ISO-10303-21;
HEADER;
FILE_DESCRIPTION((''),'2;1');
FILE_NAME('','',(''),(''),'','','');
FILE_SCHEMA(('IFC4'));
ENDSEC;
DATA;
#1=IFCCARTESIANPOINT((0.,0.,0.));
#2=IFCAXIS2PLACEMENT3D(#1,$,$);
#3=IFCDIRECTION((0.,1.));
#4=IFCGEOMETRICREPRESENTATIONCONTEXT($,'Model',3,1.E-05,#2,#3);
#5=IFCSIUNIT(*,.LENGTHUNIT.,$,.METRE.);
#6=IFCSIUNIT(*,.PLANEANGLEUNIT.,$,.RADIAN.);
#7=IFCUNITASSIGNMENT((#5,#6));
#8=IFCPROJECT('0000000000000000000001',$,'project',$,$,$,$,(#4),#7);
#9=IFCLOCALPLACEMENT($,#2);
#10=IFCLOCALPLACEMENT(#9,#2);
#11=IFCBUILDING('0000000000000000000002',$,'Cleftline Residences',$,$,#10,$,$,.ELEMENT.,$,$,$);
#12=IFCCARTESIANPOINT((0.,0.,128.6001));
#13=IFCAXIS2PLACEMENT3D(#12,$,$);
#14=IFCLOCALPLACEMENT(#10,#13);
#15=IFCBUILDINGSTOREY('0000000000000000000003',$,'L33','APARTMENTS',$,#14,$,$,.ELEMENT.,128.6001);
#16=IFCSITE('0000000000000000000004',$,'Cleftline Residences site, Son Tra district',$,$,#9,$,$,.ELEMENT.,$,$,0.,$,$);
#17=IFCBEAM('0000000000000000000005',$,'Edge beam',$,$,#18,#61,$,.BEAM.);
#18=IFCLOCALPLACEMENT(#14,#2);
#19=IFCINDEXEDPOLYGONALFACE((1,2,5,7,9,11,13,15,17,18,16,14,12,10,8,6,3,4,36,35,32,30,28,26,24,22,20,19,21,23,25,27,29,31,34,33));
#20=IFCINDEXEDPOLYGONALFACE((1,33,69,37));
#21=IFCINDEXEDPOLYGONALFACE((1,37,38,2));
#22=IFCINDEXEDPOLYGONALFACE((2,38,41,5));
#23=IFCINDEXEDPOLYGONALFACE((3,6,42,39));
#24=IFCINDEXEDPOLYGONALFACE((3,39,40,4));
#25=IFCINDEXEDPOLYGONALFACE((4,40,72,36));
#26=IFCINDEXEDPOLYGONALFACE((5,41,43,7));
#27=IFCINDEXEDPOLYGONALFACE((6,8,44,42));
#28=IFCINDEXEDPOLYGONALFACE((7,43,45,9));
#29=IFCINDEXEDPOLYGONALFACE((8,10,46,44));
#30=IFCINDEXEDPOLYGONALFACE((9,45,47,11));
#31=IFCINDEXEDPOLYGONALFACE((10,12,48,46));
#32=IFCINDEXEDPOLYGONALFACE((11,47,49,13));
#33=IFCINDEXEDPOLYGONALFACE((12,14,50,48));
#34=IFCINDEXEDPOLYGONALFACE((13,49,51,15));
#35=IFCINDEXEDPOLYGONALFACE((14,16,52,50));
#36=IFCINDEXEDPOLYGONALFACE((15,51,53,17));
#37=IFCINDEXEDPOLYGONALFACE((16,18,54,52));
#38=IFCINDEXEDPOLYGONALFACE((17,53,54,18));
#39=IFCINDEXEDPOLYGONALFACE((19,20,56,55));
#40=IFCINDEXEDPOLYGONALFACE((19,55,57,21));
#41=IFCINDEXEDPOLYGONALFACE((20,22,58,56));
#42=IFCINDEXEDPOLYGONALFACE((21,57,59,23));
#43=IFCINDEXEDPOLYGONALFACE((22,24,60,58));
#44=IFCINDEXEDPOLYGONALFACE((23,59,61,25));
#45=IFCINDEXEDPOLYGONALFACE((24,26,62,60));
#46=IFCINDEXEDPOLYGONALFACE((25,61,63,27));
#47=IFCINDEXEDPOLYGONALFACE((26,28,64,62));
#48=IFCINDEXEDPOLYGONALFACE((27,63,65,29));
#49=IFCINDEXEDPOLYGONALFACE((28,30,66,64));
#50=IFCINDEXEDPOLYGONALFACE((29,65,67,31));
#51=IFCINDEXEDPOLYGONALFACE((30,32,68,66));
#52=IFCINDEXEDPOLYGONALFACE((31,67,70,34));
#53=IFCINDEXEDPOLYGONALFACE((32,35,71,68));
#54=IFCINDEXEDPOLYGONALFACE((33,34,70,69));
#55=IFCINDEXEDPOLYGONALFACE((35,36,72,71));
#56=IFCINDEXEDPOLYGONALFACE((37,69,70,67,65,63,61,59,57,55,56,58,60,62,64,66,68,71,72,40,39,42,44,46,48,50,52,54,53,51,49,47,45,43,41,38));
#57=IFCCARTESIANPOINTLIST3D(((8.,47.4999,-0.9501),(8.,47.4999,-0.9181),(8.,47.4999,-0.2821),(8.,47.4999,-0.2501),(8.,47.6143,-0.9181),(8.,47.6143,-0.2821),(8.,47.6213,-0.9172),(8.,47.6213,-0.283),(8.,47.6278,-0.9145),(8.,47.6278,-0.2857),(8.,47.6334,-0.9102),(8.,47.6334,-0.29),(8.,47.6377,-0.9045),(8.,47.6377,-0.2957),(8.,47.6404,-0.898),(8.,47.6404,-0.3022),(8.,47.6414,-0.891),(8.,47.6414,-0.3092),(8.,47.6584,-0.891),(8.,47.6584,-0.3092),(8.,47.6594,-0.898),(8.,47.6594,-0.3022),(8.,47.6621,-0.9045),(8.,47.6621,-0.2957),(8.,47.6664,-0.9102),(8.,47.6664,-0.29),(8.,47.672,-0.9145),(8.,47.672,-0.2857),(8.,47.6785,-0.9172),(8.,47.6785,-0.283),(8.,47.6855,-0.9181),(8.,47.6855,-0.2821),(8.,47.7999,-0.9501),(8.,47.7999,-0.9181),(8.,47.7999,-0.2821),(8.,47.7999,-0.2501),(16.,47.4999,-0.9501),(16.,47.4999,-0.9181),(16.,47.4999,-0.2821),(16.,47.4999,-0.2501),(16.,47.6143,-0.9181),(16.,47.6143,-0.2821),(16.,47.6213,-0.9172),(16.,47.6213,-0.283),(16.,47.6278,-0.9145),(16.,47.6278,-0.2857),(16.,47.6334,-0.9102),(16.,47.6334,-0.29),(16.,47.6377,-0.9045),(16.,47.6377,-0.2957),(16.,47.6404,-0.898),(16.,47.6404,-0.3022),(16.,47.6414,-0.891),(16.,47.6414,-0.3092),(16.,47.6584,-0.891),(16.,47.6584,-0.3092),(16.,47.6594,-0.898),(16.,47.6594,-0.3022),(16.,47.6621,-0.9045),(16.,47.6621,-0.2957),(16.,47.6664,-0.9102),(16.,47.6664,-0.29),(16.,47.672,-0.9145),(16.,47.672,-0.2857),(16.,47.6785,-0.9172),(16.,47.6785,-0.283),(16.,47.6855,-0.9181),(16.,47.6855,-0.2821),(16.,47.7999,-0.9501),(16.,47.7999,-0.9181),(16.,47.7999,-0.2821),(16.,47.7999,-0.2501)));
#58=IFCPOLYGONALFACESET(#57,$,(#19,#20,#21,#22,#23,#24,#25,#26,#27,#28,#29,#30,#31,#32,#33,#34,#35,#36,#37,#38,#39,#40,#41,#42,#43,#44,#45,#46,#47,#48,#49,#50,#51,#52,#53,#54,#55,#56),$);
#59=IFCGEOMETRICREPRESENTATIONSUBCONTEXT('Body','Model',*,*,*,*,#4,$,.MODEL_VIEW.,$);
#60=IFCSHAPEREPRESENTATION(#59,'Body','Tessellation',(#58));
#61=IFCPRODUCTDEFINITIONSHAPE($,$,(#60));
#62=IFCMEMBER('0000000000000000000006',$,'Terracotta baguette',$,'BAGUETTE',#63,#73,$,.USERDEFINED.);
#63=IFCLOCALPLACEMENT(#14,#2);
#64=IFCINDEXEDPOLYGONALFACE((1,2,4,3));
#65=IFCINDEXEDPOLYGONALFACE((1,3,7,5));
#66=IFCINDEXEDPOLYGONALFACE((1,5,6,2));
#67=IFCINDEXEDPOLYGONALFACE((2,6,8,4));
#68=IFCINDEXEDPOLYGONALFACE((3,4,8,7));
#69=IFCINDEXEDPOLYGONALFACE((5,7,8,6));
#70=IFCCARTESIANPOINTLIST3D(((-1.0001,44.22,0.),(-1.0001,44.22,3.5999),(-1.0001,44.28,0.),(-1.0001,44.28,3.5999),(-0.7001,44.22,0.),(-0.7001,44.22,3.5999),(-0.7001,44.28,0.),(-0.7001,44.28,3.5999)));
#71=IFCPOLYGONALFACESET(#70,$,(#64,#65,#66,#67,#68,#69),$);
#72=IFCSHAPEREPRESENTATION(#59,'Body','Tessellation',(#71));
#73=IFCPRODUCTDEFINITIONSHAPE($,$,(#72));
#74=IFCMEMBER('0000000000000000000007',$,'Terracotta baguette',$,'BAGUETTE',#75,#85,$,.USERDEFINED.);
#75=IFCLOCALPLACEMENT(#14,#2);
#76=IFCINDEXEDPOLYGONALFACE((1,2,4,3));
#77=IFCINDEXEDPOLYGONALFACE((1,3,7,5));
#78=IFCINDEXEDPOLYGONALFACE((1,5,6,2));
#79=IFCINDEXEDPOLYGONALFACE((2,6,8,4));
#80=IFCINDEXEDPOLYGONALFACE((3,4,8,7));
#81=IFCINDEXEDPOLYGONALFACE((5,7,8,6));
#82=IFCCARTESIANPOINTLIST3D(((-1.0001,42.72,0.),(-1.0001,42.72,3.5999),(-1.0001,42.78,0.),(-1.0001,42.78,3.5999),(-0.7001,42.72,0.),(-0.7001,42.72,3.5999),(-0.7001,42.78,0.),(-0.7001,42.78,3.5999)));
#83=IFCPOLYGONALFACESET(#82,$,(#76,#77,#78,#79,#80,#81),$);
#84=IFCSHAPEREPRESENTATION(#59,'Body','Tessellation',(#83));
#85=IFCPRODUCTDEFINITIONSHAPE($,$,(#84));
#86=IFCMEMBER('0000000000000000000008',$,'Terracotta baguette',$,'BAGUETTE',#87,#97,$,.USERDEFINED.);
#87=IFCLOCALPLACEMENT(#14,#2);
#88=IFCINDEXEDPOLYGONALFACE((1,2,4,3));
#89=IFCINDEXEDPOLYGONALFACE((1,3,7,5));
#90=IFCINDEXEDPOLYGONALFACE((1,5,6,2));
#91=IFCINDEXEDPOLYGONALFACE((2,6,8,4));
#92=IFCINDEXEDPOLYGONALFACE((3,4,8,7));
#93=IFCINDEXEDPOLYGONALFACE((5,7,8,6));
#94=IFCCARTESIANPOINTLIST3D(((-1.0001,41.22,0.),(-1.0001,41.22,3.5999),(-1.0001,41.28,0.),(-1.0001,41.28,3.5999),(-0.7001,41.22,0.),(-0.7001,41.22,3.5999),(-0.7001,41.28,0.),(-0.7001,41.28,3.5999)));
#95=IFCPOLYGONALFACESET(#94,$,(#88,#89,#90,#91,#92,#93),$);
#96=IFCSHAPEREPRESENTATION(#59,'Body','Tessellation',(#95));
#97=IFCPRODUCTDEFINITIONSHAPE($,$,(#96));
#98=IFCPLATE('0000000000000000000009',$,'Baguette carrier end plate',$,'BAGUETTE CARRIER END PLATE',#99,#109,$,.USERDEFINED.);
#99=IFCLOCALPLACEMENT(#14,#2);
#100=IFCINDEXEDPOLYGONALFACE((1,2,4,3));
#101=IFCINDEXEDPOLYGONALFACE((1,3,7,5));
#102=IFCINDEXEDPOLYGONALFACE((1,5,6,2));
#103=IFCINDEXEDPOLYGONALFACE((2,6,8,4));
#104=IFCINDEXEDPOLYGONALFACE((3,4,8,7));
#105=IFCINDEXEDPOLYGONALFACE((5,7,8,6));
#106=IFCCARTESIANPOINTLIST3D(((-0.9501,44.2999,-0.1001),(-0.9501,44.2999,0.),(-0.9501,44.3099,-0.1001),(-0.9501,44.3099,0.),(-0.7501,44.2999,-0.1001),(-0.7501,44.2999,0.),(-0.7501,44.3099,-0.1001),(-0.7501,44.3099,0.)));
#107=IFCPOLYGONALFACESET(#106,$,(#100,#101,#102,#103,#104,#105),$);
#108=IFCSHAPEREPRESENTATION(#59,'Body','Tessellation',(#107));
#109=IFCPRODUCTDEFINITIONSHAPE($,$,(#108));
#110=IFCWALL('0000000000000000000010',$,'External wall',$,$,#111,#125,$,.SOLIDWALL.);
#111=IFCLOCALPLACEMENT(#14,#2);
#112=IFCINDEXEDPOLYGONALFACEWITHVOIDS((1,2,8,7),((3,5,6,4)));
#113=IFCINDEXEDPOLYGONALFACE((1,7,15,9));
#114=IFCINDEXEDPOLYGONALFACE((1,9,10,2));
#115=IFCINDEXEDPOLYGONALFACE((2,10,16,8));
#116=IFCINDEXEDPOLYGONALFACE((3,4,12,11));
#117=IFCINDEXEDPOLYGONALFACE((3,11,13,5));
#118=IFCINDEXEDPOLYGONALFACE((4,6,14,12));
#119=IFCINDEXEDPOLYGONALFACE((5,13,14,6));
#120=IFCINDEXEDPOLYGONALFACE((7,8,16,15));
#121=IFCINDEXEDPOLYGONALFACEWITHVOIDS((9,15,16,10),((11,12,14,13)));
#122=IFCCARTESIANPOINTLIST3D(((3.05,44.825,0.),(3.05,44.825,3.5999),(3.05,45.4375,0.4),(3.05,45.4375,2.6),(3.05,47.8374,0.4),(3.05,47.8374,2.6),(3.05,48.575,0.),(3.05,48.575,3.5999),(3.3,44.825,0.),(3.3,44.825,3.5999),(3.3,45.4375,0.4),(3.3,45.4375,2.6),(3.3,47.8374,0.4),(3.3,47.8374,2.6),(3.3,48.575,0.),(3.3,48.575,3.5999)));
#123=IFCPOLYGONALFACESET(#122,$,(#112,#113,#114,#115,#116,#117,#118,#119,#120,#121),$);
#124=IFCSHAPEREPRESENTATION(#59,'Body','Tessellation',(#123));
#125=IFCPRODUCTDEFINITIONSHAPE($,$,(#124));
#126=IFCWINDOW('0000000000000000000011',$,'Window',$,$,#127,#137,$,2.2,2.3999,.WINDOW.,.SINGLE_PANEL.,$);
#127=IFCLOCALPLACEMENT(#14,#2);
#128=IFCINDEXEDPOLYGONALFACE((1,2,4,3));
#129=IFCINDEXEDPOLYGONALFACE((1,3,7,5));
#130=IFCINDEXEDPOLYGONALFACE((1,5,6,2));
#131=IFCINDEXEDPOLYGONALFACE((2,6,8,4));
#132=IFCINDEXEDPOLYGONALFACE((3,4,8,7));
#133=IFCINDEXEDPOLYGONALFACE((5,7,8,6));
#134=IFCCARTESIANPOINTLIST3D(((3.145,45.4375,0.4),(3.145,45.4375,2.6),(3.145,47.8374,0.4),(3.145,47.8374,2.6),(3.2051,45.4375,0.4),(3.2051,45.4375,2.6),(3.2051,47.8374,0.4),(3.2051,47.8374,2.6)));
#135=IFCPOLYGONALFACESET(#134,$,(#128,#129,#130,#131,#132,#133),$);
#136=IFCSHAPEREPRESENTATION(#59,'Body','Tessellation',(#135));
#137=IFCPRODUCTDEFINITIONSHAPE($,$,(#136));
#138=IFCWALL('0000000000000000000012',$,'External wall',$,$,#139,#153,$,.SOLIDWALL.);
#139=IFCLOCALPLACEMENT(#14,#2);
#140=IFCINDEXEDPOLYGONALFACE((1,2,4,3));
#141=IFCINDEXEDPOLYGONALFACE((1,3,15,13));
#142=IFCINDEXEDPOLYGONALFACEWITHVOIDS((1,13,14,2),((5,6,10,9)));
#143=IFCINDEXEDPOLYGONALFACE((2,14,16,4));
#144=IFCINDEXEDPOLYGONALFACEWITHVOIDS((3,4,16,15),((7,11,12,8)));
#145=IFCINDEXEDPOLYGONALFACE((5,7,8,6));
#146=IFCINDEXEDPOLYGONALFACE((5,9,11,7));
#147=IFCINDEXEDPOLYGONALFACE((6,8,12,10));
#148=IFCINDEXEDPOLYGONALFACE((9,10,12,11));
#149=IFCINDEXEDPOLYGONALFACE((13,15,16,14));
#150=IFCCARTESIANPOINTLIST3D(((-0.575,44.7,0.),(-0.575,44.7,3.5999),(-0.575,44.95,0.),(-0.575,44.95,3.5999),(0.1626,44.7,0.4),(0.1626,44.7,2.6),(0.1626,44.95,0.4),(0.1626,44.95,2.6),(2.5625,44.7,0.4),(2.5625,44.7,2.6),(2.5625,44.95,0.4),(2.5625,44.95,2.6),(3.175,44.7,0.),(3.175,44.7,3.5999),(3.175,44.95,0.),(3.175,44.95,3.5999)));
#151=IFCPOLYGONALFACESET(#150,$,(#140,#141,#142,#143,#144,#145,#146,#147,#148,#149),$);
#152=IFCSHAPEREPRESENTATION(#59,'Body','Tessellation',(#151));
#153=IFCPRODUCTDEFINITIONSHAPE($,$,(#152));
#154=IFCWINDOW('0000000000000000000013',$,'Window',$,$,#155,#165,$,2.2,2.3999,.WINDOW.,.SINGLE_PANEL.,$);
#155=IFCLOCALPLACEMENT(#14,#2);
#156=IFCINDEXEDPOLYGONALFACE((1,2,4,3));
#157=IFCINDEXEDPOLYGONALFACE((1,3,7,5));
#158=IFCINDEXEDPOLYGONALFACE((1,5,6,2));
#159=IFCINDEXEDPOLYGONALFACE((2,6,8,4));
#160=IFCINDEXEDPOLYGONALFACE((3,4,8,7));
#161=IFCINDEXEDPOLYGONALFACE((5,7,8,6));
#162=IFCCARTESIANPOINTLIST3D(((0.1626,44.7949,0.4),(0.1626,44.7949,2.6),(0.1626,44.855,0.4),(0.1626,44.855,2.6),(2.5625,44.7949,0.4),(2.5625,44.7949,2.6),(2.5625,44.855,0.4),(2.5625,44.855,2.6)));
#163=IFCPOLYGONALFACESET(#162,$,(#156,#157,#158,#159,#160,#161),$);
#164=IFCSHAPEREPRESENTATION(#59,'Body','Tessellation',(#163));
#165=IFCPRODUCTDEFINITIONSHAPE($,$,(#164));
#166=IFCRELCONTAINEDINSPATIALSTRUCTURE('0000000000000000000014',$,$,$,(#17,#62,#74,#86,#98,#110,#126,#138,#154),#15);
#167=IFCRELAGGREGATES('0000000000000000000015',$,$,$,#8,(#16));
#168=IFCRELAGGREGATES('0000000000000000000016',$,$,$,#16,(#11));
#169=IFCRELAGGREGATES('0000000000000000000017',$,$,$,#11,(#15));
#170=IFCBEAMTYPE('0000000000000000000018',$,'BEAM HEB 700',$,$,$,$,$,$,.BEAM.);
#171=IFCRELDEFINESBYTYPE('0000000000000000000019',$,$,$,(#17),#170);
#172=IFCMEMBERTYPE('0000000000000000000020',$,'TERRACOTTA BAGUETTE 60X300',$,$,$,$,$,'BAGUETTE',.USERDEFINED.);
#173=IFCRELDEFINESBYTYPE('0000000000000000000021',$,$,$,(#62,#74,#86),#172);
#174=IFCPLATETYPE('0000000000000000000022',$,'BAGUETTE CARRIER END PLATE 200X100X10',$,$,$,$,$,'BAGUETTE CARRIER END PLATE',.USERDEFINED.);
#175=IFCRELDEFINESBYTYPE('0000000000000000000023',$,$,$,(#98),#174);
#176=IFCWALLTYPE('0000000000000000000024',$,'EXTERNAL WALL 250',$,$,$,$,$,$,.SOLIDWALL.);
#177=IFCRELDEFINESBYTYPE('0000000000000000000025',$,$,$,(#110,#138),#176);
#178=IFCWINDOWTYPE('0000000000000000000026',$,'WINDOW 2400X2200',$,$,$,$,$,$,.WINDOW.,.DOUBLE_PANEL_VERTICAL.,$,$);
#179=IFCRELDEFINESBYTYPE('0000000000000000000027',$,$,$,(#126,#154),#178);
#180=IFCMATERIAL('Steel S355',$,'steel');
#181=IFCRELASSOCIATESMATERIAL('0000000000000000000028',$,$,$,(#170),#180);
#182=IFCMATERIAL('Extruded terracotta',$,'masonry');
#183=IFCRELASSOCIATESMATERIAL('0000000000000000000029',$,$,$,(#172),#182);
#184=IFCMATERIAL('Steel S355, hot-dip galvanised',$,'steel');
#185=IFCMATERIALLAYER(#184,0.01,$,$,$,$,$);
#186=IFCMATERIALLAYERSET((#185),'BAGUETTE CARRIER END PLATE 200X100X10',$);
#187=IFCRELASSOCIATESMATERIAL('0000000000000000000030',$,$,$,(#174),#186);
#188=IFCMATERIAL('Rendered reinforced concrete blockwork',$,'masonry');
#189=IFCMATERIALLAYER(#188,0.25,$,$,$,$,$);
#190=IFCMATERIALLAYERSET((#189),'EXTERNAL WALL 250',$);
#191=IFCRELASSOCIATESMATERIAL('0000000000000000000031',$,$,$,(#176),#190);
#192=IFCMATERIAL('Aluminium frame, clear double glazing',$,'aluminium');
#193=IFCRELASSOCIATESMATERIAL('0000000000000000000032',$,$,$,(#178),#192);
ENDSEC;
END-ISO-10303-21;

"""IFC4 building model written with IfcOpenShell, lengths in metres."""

from ifc_helpers import new_model, si_unit, direction, frame, frame_2d, origin, origin_2d, place, context, subcontext, project, spatial, rectangle, i_section, extrude, material, layer, layer_set, material_profile, profile_set, type_object, element, fill, save


model = new_model("IFC4")

# Units and contexts
model_context = context("Model", 3, precision=1e-05, world=origin(), true_north=direction((0.0, 1.0)))
body_context = subcontext(model_context, "Body", "Model", "MODEL_VIEW")
ifc_project = project(units=[si_unit("LENGTHUNIT", "METRE"), si_unit("PLANEANGLEUNIT", "RADIAN")], contexts=[model_context])

# Site, building, storey
site_placement = place(None, origin())
site = spatial("IfcSite", under=ifc_project, at=site_placement, Name="Cleftline Residences site, Son Tra district", CompositionType="ELEMENT", RefElevation=0.0)
building_placement = place(site_placement, origin())
building = spatial("IfcBuilding", under=site, at=building_placement, Name="Cleftline Residences", CompositionType="ELEMENT")
storey_placement = place(building_placement, frame((0.0, 0.0, 128.6001)))
storey = spatial("IfcBuildingStorey", under=building, at=storey_placement, Name="L33", Description="APARTMENTS", CompositionType="ELEMENT", Elevation=128.6001)

# Beam
ifc_material_1 = material(Name="Steel S355", Category="steel")
ifc_material_profile_1 = material_profile(ifc_material_1, i_section(OverallWidth=0.3, OverallDepth=0.7, WebThickness=0.0171, FlangeThickness=0.032, FilletRadius=0.0271, at=origin_2d()))
ifc_profile_set_1 = profile_set([ifc_material_profile_1], Name="Steel S355")
beam_type = type_object("IfcBeamType", Name="BEAM HEB 700", PredefinedType="BEAM", material=ifc_profile_set_1)
beam_placement = place(storey_placement, frame((8.0, 47.6499, -0.6001), z_axis=(1.0, 0.0, 0.0), x_axis=(0.0, 1.0, 0.0)))
element("IfcBeam", 1, at=beam_placement, inside=storey, type_object=beam_type, Name="Edge beam", PredefinedType="BEAM", context=body_context, shape_type="SweptSolid", body=[
    extrude(i_section(OverallWidth=0.3, OverallDepth=0.7, WebThickness=0.0171, FlangeThickness=0.032, FilletRadius=0.0271, at=origin_2d()), origin(), (0.0, 0.0, 1.0), 8.0),
])

# Members
ifc_material_2 = material(Name="Extruded terracotta", Category="masonry")
ifc_material_profile_2 = material_profile(ifc_material_2, rectangle(XDim=0.0601, YDim=0.3, at=origin_2d()))
ifc_profile_set_2 = profile_set([ifc_material_profile_2], Name="Extruded terracotta")
member_type_1 = type_object("IfcMemberType", Name="TERRACOTTA BAGUETTE 60X300", ElementType="BAGUETTE", PredefinedType="USERDEFINED", material=ifc_profile_set_2)
for number, where, z_axis, x_axis, name in (
    (2, (-0.8501, 44.25, 0.0), (0.0, 0.0, 1.0), (0.0, 1.0, 0.0), "Terracotta baguette"),
    (3, (-0.8501, 42.75, 0.0), (0.0, 0.0, 1.0), (0.0, 1.0, 0.0), "Terracotta baguette"),
    (4, (-0.8501, 41.25, 0.0), (0.0, 0.0, 1.0), (0.0, 1.0, 0.0), "Terracotta baguette"),
):
    element("IfcMember", number, at=place(storey_placement, frame(where, z_axis=z_axis, x_axis=x_axis)), inside=storey, type_object=member_type_1, Name=name, ObjectType="BAGUETTE", PredefinedType="USERDEFINED", context=body_context, shape_type="SweptSolid", body=[
        extrude(rectangle(XDim=0.0601, YDim=0.3, at=origin_2d()), origin(), (0.0, 0.0, 1.0), 3.5999),
    ])

# Plate
ifc_material_3 = material(Name="Steel S355, hot-dip galvanised", Category="steel")
ifc_layer_1 = layer(ifc_material_3, 0.01)
ifc_layer_set_1 = layer_set([ifc_layer_1], Name="BAGUETTE CARRIER END PLATE 200X100X10")
plate_type = type_object("IfcPlateType", Name="BAGUETTE CARRIER END PLATE 200X100X10", ElementType="BAGUETTE CARRIER END PLATE", PredefinedType="USERDEFINED", material=ifc_layer_set_1)
plate_placement = place(storey_placement, frame((-0.8501, 44.3049, -0.1001), z_axis=(0.0, 0.0, 1.0), x_axis=(-1.0, 0.0, 0.0)))
element("IfcPlate", 5, at=plate_placement, inside=storey, type_object=plate_type, Name="Baguette carrier end plate", ObjectType="BAGUETTE CARRIER END PLATE", PredefinedType="USERDEFINED", context=body_context, shape_type="SweptSolid", body=[
    extrude(rectangle(XDim=0.2, YDim=0.01, at=origin_2d()), origin(), (0.0, 0.0, 1.0), 0.1001),
])

# Walls, openings, windows
ifc_material_4 = material(Name="Rendered reinforced concrete blockwork", Category="masonry")
ifc_layer_2 = layer(ifc_material_4, 0.25)
ifc_layer_set_2 = layer_set([ifc_layer_2], Name="EXTERNAL WALL 250")
wall_type_1 = type_object("IfcWallType", Name="EXTERNAL WALL 250", PredefinedType="SOLIDWALL", material=ifc_layer_set_2)
wall_1_placement = place(storey_placement, frame((3.175, 48.575, 0.0), z_axis=(0.0, 0.0, 1.0), x_axis=(0.0, -1.0, 0.0)))
wall_1 = element("IfcWall", 6, at=wall_1_placement, inside=storey, type_object=wall_type_1, Name="External wall", PredefinedType="SOLIDWALL", context=body_context, shape_type="SweptSolid", body=[
    extrude(rectangle(XDim=3.75, YDim=0.25, at=frame_2d((1.875, 0.0))), origin(), (0.0, 0.0, 1.0), 3.5999),
])
opening_1_placement = place(wall_1_placement, frame((0.7375, 0.0, 0.3999)))
opening_1 = element("IfcOpeningElement", 7, at=opening_1_placement, cuts=wall_1, PredefinedType="OPENING", context=body_context, shape_type="SweptSolid", body=[
    extrude(rectangle(XDim=2.3999, YDim=2.2, at=frame_2d((1.2, 1.1001))), frame((0.0, 0.135, 0.0), z_axis=(0.0, -1.0, 0.0), x_axis=(1.0, 0.0, 0.0)), (0.0, 0.0, 1.0), 0.27),
])
ifc_material_5 = material(Name="Aluminium frame, clear double glazing", Category="aluminium")
window_type_1 = type_object("IfcWindowType", Name="WINDOW 2400X2200", PartitioningType="DOUBLE_PANEL_VERTICAL", PredefinedType="WINDOW", material=ifc_material_5)
window_1_placement = place(opening_1_placement, origin())
window_1 = element("IfcWindow", 8, at=window_1_placement, inside=storey, type_object=window_type_1, Name="Window", OverallHeight=2.2, OverallWidth=2.3999, PartitioningType="SINGLE_PANEL", PredefinedType="WINDOW", context=body_context, shape_type="SweptSolid", body=[
    extrude(rectangle(XDim=2.3999, YDim=2.2, at=frame_2d((1.2, 1.1001))), frame((0.0, 0.03, 0.0), z_axis=(0.0, -1.0, 0.0), x_axis=(1.0, 0.0, 0.0)), (0.0, 0.0, 1.0), 0.0601),
])
fill(opening_1, window_1)
wall_2_placement = place(storey_placement, frame((3.175, 44.825, 0.0), z_axis=(0.0, 0.0, 1.0), x_axis=(-1.0, 0.0, 0.0)))
wall_2 = element("IfcWall", 9, at=wall_2_placement, inside=storey, type_object=wall_type_1, Name="External wall", PredefinedType="SOLIDWALL", context=body_context, shape_type="SweptSolid", body=[
    extrude(rectangle(XDim=3.75, YDim=0.25, at=frame_2d((1.875, 0.0))), origin(), (0.0, 0.0, 1.0), 3.5999),
])
opening_2_placement = place(wall_2_placement, frame((0.6125, 0.0, 0.3999)))
opening_2 = element("IfcOpeningElement", 10, at=opening_2_placement, cuts=wall_2, PredefinedType="OPENING", context=body_context, shape_type="SweptSolid", body=[
    extrude(rectangle(XDim=2.3999, YDim=2.2, at=frame_2d((1.2, 1.1001))), frame((0.0, 0.135, 0.0), z_axis=(0.0, -1.0, 0.0), x_axis=(1.0, 0.0, 0.0)), (0.0, 0.0, 1.0), 0.27),
])
window_2_placement = place(opening_2_placement, origin())
window_2 = element("IfcWindow", 11, at=window_2_placement, inside=storey, type_object=window_type_1, Name="Window", OverallHeight=2.2, OverallWidth=2.3999, PartitioningType="SINGLE_PANEL", PredefinedType="WINDOW", context=body_context, shape_type="SweptSolid", body=[
    extrude(rectangle(XDim=2.3999, YDim=2.2, at=frame_2d((1.2, 1.1001))), frame((0.0, 0.03, 0.0), z_axis=(0.0, -1.0, 0.0), x_axis=(1.0, 0.0, 0.0)), (0.0, 0.0, 1.0), 0.0601),
])
fill(opening_2, window_2)

save(model, "model.ifc")
